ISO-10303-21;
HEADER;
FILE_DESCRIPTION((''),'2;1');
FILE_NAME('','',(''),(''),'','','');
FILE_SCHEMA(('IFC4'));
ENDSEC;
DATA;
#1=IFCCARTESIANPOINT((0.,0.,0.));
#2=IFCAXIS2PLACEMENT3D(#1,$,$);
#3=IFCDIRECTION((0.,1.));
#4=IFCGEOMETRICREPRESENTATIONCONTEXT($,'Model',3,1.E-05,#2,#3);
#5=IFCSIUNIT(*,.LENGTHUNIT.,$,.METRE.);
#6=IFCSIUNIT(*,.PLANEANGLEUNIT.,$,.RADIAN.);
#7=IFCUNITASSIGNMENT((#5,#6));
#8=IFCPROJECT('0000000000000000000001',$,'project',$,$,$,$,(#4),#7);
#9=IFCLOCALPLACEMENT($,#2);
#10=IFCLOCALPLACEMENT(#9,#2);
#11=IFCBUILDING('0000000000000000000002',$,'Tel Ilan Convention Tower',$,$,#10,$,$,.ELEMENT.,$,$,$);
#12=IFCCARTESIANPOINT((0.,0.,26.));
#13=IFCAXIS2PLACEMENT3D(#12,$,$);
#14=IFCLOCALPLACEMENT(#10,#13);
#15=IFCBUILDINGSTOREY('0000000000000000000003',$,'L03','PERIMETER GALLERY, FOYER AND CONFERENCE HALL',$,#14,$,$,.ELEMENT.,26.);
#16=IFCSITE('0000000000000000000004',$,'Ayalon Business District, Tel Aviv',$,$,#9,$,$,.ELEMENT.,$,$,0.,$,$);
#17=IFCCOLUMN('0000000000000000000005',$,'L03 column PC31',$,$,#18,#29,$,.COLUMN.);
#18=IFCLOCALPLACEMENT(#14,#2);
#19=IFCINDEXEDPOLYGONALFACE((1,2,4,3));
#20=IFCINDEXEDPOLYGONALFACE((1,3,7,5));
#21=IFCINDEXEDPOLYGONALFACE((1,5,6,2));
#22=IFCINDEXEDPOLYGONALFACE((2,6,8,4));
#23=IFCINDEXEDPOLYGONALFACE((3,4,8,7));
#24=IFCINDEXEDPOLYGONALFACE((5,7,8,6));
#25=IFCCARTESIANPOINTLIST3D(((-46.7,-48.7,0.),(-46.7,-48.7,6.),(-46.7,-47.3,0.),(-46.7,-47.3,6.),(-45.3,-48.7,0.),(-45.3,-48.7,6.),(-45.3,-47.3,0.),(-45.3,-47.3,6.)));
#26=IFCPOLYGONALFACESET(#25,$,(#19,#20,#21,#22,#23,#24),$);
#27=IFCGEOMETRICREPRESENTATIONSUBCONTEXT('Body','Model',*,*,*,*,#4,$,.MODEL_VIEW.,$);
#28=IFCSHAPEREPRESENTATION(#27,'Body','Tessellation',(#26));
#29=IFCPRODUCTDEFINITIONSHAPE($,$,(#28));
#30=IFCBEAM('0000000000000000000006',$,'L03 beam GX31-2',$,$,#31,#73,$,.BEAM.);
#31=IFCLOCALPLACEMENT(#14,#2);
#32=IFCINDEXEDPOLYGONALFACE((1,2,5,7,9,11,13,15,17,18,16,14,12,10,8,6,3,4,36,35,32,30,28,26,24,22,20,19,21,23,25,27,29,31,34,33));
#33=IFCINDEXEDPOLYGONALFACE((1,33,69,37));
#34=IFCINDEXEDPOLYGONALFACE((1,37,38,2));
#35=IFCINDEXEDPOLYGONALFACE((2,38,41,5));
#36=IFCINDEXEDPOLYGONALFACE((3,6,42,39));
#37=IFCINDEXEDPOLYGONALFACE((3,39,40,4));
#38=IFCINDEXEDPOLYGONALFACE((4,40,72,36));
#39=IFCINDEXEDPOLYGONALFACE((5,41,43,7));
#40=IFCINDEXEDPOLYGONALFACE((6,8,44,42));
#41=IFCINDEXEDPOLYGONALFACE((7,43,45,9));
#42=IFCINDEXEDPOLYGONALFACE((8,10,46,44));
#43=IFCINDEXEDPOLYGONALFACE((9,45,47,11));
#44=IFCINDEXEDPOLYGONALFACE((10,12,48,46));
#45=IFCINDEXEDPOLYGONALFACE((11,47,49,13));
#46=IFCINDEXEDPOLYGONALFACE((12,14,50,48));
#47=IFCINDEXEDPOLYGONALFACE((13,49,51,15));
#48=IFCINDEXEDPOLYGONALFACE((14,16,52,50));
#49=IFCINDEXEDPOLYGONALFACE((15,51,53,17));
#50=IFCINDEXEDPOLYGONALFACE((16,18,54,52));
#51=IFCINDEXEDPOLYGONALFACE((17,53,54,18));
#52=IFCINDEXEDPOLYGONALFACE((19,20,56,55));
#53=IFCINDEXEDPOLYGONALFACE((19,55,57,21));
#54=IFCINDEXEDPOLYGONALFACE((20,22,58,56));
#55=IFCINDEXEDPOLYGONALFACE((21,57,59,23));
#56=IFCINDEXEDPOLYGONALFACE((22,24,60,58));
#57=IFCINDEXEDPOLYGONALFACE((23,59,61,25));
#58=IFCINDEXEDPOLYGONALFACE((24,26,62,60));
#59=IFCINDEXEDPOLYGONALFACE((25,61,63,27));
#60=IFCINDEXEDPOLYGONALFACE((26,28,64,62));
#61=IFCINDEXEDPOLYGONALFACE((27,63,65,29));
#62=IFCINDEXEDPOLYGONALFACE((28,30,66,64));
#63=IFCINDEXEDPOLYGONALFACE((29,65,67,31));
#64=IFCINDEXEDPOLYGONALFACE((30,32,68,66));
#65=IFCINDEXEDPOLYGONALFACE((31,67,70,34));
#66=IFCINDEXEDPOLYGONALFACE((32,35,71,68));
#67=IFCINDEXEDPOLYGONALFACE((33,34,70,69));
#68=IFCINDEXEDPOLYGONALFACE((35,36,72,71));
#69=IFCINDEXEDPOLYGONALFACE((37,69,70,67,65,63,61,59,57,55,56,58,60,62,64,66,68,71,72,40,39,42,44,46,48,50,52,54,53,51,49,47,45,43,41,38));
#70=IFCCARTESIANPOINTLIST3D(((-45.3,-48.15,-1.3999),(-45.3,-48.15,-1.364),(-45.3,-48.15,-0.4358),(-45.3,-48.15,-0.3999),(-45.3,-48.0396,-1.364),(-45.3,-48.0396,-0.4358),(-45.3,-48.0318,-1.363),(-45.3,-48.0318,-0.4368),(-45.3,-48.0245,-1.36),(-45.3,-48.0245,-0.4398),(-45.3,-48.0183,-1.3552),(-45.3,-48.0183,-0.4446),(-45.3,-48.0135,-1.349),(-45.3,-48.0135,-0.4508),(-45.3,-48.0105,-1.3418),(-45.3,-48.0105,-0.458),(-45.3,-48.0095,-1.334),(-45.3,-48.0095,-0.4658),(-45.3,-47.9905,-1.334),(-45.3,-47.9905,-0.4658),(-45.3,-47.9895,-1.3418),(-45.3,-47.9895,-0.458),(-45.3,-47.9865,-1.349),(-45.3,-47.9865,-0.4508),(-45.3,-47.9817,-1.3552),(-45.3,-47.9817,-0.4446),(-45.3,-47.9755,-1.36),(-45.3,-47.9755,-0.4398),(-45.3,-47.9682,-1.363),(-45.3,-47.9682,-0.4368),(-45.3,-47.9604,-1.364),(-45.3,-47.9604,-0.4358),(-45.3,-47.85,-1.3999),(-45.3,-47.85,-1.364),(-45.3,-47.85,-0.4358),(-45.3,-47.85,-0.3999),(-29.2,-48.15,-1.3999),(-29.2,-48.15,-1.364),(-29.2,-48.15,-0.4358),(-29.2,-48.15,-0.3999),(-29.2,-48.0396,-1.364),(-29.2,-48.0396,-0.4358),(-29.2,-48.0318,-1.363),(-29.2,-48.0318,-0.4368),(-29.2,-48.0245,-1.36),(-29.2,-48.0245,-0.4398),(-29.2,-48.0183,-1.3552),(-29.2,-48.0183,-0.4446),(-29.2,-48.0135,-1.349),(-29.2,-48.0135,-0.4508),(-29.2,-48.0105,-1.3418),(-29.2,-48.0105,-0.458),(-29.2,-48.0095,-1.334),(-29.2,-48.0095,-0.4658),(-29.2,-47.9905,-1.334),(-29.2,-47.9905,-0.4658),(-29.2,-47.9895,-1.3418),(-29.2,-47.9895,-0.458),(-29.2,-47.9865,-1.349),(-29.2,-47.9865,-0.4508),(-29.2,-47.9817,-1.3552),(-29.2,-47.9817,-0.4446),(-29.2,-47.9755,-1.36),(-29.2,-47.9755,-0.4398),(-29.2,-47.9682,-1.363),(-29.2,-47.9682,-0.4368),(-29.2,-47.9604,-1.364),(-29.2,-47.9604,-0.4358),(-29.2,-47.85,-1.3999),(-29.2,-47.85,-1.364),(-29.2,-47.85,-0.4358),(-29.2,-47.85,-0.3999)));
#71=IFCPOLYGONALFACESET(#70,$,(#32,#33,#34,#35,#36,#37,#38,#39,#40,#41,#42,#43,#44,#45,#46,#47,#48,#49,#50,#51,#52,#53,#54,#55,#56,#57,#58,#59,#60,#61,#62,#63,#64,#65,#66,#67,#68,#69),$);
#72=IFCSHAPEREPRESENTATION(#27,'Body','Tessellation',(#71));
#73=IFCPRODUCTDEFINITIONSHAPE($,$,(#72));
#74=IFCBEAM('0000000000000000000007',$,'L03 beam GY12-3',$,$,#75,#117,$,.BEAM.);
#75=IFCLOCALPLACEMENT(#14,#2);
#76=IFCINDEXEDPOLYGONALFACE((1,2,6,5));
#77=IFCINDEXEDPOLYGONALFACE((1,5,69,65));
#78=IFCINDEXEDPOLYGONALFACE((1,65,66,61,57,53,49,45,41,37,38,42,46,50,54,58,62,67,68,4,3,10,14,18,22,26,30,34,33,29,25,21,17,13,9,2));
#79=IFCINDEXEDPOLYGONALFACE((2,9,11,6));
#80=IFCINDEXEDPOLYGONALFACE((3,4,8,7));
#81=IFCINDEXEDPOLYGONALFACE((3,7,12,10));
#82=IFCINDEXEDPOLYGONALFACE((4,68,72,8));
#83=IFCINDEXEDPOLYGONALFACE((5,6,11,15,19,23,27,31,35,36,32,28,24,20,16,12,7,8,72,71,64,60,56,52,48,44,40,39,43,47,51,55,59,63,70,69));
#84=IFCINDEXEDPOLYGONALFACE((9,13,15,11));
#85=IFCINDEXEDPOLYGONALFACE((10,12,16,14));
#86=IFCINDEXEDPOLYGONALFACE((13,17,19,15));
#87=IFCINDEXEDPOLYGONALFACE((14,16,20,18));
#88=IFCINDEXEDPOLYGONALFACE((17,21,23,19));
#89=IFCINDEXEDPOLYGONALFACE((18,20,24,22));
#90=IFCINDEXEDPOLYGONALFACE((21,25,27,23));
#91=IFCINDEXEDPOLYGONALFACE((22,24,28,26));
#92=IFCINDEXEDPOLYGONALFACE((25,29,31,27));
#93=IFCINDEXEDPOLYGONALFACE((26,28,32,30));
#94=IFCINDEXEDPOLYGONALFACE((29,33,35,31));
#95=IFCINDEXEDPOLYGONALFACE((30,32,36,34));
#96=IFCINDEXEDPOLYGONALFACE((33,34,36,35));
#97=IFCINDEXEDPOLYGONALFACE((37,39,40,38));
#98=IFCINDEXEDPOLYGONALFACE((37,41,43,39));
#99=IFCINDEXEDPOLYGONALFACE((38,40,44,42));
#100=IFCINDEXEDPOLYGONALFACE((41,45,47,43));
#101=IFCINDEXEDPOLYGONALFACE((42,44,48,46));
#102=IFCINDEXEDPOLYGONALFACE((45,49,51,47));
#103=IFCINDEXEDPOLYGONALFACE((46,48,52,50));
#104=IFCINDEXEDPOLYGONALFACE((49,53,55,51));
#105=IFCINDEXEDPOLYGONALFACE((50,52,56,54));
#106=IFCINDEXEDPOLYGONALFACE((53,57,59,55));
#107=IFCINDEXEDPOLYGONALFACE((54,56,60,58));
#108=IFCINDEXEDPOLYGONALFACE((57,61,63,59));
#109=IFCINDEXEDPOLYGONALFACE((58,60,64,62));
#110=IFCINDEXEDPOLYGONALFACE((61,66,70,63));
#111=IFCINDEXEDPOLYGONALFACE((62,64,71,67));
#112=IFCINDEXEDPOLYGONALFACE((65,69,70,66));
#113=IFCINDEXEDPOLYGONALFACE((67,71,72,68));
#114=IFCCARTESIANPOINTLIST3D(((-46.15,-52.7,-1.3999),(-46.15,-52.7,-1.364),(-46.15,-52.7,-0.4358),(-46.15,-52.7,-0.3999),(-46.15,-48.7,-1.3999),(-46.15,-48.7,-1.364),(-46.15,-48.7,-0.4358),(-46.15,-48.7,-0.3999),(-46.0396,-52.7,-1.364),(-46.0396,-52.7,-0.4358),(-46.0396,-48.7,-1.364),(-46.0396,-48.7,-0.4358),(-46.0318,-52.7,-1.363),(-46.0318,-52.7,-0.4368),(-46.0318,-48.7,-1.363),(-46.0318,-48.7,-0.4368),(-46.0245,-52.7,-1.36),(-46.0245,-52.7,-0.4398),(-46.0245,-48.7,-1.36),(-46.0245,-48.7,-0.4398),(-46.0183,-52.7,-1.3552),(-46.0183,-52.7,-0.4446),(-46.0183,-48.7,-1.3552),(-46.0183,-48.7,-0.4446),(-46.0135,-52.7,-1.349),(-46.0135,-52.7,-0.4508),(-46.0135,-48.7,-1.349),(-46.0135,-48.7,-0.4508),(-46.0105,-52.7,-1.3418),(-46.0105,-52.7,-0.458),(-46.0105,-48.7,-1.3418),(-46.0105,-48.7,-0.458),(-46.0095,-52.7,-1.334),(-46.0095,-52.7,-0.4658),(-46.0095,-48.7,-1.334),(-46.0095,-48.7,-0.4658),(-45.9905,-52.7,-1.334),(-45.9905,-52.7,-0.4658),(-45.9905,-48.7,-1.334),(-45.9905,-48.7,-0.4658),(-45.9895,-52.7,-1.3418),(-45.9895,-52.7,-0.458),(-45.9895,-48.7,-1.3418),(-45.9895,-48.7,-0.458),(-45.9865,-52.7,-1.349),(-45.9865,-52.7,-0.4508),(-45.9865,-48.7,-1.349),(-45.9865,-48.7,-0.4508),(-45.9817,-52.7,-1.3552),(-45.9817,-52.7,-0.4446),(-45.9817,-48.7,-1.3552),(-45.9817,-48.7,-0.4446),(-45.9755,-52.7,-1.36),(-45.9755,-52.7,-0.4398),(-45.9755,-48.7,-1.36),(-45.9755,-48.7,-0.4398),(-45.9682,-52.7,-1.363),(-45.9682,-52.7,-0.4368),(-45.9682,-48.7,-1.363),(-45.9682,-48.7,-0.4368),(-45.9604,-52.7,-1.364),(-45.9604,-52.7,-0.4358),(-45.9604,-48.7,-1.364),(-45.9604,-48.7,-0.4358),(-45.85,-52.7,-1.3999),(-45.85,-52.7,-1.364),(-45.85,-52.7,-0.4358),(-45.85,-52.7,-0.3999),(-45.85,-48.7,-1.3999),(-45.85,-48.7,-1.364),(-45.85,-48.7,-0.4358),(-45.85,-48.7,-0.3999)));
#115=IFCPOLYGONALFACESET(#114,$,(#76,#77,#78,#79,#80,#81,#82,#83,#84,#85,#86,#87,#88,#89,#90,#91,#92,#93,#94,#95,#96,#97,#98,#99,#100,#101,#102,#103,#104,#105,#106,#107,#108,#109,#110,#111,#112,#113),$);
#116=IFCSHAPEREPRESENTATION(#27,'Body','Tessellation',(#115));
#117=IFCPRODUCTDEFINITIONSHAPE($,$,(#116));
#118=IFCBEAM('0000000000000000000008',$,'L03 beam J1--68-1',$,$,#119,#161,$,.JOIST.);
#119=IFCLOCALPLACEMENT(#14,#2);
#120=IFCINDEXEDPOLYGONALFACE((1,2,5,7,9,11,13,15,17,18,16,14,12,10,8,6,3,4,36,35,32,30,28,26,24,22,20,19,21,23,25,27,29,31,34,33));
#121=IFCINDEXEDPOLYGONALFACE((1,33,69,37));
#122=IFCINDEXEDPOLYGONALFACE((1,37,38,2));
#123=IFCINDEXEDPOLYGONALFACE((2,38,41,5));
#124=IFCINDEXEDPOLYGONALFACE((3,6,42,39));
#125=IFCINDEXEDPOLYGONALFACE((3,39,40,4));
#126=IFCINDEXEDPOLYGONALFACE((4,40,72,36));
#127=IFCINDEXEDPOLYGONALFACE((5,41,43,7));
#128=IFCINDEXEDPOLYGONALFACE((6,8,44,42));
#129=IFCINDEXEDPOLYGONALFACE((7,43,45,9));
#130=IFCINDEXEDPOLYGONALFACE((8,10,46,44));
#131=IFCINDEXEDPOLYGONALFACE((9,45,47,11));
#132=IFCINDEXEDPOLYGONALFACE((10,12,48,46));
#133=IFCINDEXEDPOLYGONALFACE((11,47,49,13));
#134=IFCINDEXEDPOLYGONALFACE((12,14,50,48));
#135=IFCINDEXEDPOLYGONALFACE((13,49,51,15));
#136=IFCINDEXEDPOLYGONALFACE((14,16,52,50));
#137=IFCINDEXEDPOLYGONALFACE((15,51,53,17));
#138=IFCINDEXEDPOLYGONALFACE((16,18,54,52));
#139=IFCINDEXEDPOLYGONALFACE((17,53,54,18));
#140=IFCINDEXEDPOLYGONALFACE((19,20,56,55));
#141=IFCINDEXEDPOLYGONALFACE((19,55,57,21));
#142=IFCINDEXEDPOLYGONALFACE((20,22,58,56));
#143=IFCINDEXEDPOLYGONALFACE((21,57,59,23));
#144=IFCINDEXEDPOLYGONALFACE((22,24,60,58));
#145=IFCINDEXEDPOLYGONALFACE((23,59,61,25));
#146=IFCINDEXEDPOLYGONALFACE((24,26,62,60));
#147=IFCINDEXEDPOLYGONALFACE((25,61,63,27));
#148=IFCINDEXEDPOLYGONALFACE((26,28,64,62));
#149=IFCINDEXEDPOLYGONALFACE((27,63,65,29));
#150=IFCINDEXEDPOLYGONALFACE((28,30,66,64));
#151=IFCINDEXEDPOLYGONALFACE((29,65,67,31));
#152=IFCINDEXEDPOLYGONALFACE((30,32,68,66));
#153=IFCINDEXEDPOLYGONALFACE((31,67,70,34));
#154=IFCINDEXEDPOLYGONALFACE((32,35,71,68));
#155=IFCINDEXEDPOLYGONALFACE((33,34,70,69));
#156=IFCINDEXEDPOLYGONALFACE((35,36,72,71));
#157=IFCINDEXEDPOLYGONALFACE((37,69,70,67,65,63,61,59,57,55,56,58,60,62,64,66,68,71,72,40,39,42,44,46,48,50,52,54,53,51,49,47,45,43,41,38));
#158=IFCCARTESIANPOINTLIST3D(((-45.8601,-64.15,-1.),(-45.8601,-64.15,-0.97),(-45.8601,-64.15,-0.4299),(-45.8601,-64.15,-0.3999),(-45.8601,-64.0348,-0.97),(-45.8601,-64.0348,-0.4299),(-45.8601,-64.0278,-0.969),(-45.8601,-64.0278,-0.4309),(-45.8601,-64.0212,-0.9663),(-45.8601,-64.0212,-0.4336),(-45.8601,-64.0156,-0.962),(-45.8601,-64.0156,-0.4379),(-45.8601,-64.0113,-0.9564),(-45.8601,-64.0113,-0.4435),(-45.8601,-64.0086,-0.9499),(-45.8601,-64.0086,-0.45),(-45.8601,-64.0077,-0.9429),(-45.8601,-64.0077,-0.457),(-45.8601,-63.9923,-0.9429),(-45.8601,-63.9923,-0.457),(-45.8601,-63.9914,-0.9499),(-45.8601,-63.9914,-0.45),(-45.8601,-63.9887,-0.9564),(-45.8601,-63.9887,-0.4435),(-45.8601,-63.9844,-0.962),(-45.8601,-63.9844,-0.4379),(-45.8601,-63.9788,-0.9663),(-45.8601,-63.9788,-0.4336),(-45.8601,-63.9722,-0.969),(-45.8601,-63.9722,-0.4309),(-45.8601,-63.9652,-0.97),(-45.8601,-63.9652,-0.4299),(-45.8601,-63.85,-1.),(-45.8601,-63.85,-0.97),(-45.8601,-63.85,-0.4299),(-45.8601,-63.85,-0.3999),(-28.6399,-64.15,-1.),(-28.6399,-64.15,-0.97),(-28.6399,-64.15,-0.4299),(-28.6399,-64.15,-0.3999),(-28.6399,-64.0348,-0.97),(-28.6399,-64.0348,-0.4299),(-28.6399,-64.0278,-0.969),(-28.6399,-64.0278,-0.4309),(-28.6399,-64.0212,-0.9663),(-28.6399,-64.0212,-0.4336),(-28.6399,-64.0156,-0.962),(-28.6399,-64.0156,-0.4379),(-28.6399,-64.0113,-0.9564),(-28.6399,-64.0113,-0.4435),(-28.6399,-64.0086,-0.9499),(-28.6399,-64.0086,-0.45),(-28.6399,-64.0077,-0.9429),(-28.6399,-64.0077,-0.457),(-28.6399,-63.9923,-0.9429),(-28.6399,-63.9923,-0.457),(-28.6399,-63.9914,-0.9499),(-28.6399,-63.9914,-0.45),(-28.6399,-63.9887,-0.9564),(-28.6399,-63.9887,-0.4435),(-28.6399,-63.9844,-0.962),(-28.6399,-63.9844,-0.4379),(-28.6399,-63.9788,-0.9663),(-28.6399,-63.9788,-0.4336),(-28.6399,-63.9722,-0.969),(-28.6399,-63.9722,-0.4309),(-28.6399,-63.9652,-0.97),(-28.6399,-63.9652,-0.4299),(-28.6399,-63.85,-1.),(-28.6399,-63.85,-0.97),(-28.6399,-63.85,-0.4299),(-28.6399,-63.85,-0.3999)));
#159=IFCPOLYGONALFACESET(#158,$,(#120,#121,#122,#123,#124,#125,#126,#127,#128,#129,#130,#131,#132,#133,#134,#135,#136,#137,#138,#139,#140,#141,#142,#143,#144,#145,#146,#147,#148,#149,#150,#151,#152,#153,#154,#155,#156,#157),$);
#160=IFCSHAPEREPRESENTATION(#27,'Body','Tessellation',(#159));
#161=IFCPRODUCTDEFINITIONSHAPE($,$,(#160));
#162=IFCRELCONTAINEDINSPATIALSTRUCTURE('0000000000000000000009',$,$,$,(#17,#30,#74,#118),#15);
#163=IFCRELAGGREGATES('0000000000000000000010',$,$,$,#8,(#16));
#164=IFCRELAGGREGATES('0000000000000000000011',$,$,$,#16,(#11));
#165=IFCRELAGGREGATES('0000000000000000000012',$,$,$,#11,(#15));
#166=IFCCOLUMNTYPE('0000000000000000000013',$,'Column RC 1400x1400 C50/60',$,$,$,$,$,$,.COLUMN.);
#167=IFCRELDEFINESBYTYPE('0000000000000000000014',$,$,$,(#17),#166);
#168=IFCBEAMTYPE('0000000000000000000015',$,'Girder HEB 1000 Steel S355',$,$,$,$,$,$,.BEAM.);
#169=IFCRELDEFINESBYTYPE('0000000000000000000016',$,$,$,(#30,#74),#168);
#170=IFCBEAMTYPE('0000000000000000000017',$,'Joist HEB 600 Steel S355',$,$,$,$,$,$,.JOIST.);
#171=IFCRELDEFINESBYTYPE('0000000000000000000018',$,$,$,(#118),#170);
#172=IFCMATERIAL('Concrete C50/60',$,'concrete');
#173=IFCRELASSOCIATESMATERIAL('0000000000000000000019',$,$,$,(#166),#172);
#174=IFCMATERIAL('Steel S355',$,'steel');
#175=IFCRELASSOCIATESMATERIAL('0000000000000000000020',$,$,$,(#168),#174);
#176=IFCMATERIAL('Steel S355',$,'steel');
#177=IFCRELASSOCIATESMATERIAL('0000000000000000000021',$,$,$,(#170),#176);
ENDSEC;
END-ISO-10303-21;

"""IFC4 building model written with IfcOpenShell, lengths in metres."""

from ifc_helpers import new_model, si_unit, direction, frame, origin, origin_2d, place, context, subcontext, project, spatial, rectangle, i_section, extrude, material, material_profile, profile_set, type_object, element, save


model = new_model("IFC4")

# Units and contexts
model_context = context("Model", 3, precision=1e-05, world=origin(), true_north=direction((0.0, 1.0)))
body_context = subcontext(model_context, "Body", "Model", "MODEL_VIEW")
ifc_project = project(units=[si_unit("LENGTHUNIT", "METRE"), si_unit("PLANEANGLEUNIT", "RADIAN")], contexts=[model_context])

# Site, building, storey
site_placement = place(None, origin())
site = spatial("IfcSite", under=ifc_project, at=site_placement, Name="Ayalon Business District, Tel Aviv", CompositionType="ELEMENT", RefElevation=0.0)
building_placement = place(site_placement, origin())
building = spatial("IfcBuilding", under=site, at=building_placement, Name="Tel Ilan Convention Tower", CompositionType="ELEMENT")
storey_placement = place(building_placement, frame((0.0, 0.0, 26.0)))
storey = spatial("IfcBuildingStorey", under=building, at=storey_placement, Name="L03", Description="PERIMETER GALLERY, FOYER AND CONFERENCE HALL", CompositionType="ELEMENT", Elevation=26.0)

# Column
ifc_material_1 = material(Name="Concrete C50/60", Category="concrete")
ifc_material_profile_1 = material_profile(ifc_material_1, rectangle(XDim=1.3999, YDim=1.3999, at=origin_2d()), Name="RC 1400x1400")
ifc_profile_set_1 = profile_set([ifc_material_profile_1], Name="Concrete C50/60")
column_type = type_object("IfcColumnType", Name="Column RC 1400x1400 C50/60", PredefinedType="COLUMN", material=ifc_profile_set_1)
column_placement = place(storey_placement, frame((-46.0, -48.0, 0.0), z_axis=(0.0, 0.0, 1.0), x_axis=(1.0, 0.0, 0.0)))
element("IfcColumn", 1, at=column_placement, inside=storey, type_object=column_type, Name="L03 column PC31", PredefinedType="COLUMN", context=body_context, shape_type="SweptSolid", body=[
    extrude(rectangle(XDim=1.3999, YDim=1.3999, at=origin_2d()), origin(), (0.0, 0.0, 1.0), 6.0),
])

# Beams
ifc_material_2 = material(Name="Steel S355", Category="steel")
ifc_material_profile_2 = material_profile(ifc_material_2, i_section(OverallWidth=0.3, OverallDepth=1.0, WebThickness=0.019, FlangeThickness=0.0359, FilletRadius=0.03, at=origin_2d()), Name="HEB 1000")
ifc_profile_set_2 = profile_set([ifc_material_profile_2], Name="Steel S355")
beam_type_1 = type_object("IfcBeamType", Name="Girder HEB 1000 Steel S355", PredefinedType="BEAM", material=ifc_profile_set_2)
beam_1_placement = place(storey_placement, frame((-45.3, -48.0, -0.8999), z_axis=(1.0, 0.0, 0.0), x_axis=(0.0, 1.0, 0.0)))
element("IfcBeam", 2, at=beam_1_placement, inside=storey, type_object=beam_type_1, Name="L03 beam GX31-2", PredefinedType="BEAM", context=body_context, shape_type="SweptSolid", body=[
    extrude(i_section(OverallWidth=0.3, OverallDepth=1.0, WebThickness=0.019, FlangeThickness=0.0359, FilletRadius=0.03, at=origin_2d()), origin(), (0.0, 0.0, 1.0), 16.1001),
])
beam_2_placement = place(storey_placement, frame((-46.0, -52.7, -0.8999), z_axis=(0.0, 1.0, 0.0), x_axis=(-1.0, 0.0, 0.0)))
element("IfcBeam", 3, at=beam_2_placement, inside=storey, type_object=beam_type_1, Name="L03 beam GY12-3", PredefinedType="BEAM", context=body_context, shape_type="SweptSolid", body=[
    extrude(i_section(OverallWidth=0.3, OverallDepth=1.0, WebThickness=0.019, FlangeThickness=0.0359, FilletRadius=0.03, at=origin_2d()), origin(), (0.0, 0.0, 1.0), 4.0),
])
ifc_material_3 = material(Name="Steel S355", Category="steel")
ifc_material_profile_3 = material_profile(ifc_material_3, i_section(OverallWidth=0.3, OverallDepth=0.6001, WebThickness=0.0154, FlangeThickness=0.03, FilletRadius=0.0271, at=origin_2d()), Name="HEB 600")
ifc_profile_set_3 = profile_set([ifc_material_profile_3], Name="Steel S355")
beam_type_2 = type_object("IfcBeamType", Name="Joist HEB 600 Steel S355", PredefinedType="JOIST", material=ifc_profile_set_3)
for number, where, z_axis, x_axis, name in (
    (4, (-45.8601, -64.0, -0.7), (1.0, 0.0, 0.0), (0.0, 1.0, 0.0), "L03 beam J1--68-1"),
):
    element("IfcBeam", number, at=place(storey_placement, frame(where, z_axis=z_axis, x_axis=x_axis)), inside=storey, type_object=beam_type_2, Name=name, PredefinedType="JOIST", context=body_context, shape_type="SweptSolid", body=[
        extrude(i_section(OverallWidth=0.3, OverallDepth=0.6001, WebThickness=0.0154, FlangeThickness=0.03, FilletRadius=0.0271, at=origin_2d()), origin(), (0.0, 0.0, 1.0), 17.2202),
    ])

save(model, "model.ifc")
